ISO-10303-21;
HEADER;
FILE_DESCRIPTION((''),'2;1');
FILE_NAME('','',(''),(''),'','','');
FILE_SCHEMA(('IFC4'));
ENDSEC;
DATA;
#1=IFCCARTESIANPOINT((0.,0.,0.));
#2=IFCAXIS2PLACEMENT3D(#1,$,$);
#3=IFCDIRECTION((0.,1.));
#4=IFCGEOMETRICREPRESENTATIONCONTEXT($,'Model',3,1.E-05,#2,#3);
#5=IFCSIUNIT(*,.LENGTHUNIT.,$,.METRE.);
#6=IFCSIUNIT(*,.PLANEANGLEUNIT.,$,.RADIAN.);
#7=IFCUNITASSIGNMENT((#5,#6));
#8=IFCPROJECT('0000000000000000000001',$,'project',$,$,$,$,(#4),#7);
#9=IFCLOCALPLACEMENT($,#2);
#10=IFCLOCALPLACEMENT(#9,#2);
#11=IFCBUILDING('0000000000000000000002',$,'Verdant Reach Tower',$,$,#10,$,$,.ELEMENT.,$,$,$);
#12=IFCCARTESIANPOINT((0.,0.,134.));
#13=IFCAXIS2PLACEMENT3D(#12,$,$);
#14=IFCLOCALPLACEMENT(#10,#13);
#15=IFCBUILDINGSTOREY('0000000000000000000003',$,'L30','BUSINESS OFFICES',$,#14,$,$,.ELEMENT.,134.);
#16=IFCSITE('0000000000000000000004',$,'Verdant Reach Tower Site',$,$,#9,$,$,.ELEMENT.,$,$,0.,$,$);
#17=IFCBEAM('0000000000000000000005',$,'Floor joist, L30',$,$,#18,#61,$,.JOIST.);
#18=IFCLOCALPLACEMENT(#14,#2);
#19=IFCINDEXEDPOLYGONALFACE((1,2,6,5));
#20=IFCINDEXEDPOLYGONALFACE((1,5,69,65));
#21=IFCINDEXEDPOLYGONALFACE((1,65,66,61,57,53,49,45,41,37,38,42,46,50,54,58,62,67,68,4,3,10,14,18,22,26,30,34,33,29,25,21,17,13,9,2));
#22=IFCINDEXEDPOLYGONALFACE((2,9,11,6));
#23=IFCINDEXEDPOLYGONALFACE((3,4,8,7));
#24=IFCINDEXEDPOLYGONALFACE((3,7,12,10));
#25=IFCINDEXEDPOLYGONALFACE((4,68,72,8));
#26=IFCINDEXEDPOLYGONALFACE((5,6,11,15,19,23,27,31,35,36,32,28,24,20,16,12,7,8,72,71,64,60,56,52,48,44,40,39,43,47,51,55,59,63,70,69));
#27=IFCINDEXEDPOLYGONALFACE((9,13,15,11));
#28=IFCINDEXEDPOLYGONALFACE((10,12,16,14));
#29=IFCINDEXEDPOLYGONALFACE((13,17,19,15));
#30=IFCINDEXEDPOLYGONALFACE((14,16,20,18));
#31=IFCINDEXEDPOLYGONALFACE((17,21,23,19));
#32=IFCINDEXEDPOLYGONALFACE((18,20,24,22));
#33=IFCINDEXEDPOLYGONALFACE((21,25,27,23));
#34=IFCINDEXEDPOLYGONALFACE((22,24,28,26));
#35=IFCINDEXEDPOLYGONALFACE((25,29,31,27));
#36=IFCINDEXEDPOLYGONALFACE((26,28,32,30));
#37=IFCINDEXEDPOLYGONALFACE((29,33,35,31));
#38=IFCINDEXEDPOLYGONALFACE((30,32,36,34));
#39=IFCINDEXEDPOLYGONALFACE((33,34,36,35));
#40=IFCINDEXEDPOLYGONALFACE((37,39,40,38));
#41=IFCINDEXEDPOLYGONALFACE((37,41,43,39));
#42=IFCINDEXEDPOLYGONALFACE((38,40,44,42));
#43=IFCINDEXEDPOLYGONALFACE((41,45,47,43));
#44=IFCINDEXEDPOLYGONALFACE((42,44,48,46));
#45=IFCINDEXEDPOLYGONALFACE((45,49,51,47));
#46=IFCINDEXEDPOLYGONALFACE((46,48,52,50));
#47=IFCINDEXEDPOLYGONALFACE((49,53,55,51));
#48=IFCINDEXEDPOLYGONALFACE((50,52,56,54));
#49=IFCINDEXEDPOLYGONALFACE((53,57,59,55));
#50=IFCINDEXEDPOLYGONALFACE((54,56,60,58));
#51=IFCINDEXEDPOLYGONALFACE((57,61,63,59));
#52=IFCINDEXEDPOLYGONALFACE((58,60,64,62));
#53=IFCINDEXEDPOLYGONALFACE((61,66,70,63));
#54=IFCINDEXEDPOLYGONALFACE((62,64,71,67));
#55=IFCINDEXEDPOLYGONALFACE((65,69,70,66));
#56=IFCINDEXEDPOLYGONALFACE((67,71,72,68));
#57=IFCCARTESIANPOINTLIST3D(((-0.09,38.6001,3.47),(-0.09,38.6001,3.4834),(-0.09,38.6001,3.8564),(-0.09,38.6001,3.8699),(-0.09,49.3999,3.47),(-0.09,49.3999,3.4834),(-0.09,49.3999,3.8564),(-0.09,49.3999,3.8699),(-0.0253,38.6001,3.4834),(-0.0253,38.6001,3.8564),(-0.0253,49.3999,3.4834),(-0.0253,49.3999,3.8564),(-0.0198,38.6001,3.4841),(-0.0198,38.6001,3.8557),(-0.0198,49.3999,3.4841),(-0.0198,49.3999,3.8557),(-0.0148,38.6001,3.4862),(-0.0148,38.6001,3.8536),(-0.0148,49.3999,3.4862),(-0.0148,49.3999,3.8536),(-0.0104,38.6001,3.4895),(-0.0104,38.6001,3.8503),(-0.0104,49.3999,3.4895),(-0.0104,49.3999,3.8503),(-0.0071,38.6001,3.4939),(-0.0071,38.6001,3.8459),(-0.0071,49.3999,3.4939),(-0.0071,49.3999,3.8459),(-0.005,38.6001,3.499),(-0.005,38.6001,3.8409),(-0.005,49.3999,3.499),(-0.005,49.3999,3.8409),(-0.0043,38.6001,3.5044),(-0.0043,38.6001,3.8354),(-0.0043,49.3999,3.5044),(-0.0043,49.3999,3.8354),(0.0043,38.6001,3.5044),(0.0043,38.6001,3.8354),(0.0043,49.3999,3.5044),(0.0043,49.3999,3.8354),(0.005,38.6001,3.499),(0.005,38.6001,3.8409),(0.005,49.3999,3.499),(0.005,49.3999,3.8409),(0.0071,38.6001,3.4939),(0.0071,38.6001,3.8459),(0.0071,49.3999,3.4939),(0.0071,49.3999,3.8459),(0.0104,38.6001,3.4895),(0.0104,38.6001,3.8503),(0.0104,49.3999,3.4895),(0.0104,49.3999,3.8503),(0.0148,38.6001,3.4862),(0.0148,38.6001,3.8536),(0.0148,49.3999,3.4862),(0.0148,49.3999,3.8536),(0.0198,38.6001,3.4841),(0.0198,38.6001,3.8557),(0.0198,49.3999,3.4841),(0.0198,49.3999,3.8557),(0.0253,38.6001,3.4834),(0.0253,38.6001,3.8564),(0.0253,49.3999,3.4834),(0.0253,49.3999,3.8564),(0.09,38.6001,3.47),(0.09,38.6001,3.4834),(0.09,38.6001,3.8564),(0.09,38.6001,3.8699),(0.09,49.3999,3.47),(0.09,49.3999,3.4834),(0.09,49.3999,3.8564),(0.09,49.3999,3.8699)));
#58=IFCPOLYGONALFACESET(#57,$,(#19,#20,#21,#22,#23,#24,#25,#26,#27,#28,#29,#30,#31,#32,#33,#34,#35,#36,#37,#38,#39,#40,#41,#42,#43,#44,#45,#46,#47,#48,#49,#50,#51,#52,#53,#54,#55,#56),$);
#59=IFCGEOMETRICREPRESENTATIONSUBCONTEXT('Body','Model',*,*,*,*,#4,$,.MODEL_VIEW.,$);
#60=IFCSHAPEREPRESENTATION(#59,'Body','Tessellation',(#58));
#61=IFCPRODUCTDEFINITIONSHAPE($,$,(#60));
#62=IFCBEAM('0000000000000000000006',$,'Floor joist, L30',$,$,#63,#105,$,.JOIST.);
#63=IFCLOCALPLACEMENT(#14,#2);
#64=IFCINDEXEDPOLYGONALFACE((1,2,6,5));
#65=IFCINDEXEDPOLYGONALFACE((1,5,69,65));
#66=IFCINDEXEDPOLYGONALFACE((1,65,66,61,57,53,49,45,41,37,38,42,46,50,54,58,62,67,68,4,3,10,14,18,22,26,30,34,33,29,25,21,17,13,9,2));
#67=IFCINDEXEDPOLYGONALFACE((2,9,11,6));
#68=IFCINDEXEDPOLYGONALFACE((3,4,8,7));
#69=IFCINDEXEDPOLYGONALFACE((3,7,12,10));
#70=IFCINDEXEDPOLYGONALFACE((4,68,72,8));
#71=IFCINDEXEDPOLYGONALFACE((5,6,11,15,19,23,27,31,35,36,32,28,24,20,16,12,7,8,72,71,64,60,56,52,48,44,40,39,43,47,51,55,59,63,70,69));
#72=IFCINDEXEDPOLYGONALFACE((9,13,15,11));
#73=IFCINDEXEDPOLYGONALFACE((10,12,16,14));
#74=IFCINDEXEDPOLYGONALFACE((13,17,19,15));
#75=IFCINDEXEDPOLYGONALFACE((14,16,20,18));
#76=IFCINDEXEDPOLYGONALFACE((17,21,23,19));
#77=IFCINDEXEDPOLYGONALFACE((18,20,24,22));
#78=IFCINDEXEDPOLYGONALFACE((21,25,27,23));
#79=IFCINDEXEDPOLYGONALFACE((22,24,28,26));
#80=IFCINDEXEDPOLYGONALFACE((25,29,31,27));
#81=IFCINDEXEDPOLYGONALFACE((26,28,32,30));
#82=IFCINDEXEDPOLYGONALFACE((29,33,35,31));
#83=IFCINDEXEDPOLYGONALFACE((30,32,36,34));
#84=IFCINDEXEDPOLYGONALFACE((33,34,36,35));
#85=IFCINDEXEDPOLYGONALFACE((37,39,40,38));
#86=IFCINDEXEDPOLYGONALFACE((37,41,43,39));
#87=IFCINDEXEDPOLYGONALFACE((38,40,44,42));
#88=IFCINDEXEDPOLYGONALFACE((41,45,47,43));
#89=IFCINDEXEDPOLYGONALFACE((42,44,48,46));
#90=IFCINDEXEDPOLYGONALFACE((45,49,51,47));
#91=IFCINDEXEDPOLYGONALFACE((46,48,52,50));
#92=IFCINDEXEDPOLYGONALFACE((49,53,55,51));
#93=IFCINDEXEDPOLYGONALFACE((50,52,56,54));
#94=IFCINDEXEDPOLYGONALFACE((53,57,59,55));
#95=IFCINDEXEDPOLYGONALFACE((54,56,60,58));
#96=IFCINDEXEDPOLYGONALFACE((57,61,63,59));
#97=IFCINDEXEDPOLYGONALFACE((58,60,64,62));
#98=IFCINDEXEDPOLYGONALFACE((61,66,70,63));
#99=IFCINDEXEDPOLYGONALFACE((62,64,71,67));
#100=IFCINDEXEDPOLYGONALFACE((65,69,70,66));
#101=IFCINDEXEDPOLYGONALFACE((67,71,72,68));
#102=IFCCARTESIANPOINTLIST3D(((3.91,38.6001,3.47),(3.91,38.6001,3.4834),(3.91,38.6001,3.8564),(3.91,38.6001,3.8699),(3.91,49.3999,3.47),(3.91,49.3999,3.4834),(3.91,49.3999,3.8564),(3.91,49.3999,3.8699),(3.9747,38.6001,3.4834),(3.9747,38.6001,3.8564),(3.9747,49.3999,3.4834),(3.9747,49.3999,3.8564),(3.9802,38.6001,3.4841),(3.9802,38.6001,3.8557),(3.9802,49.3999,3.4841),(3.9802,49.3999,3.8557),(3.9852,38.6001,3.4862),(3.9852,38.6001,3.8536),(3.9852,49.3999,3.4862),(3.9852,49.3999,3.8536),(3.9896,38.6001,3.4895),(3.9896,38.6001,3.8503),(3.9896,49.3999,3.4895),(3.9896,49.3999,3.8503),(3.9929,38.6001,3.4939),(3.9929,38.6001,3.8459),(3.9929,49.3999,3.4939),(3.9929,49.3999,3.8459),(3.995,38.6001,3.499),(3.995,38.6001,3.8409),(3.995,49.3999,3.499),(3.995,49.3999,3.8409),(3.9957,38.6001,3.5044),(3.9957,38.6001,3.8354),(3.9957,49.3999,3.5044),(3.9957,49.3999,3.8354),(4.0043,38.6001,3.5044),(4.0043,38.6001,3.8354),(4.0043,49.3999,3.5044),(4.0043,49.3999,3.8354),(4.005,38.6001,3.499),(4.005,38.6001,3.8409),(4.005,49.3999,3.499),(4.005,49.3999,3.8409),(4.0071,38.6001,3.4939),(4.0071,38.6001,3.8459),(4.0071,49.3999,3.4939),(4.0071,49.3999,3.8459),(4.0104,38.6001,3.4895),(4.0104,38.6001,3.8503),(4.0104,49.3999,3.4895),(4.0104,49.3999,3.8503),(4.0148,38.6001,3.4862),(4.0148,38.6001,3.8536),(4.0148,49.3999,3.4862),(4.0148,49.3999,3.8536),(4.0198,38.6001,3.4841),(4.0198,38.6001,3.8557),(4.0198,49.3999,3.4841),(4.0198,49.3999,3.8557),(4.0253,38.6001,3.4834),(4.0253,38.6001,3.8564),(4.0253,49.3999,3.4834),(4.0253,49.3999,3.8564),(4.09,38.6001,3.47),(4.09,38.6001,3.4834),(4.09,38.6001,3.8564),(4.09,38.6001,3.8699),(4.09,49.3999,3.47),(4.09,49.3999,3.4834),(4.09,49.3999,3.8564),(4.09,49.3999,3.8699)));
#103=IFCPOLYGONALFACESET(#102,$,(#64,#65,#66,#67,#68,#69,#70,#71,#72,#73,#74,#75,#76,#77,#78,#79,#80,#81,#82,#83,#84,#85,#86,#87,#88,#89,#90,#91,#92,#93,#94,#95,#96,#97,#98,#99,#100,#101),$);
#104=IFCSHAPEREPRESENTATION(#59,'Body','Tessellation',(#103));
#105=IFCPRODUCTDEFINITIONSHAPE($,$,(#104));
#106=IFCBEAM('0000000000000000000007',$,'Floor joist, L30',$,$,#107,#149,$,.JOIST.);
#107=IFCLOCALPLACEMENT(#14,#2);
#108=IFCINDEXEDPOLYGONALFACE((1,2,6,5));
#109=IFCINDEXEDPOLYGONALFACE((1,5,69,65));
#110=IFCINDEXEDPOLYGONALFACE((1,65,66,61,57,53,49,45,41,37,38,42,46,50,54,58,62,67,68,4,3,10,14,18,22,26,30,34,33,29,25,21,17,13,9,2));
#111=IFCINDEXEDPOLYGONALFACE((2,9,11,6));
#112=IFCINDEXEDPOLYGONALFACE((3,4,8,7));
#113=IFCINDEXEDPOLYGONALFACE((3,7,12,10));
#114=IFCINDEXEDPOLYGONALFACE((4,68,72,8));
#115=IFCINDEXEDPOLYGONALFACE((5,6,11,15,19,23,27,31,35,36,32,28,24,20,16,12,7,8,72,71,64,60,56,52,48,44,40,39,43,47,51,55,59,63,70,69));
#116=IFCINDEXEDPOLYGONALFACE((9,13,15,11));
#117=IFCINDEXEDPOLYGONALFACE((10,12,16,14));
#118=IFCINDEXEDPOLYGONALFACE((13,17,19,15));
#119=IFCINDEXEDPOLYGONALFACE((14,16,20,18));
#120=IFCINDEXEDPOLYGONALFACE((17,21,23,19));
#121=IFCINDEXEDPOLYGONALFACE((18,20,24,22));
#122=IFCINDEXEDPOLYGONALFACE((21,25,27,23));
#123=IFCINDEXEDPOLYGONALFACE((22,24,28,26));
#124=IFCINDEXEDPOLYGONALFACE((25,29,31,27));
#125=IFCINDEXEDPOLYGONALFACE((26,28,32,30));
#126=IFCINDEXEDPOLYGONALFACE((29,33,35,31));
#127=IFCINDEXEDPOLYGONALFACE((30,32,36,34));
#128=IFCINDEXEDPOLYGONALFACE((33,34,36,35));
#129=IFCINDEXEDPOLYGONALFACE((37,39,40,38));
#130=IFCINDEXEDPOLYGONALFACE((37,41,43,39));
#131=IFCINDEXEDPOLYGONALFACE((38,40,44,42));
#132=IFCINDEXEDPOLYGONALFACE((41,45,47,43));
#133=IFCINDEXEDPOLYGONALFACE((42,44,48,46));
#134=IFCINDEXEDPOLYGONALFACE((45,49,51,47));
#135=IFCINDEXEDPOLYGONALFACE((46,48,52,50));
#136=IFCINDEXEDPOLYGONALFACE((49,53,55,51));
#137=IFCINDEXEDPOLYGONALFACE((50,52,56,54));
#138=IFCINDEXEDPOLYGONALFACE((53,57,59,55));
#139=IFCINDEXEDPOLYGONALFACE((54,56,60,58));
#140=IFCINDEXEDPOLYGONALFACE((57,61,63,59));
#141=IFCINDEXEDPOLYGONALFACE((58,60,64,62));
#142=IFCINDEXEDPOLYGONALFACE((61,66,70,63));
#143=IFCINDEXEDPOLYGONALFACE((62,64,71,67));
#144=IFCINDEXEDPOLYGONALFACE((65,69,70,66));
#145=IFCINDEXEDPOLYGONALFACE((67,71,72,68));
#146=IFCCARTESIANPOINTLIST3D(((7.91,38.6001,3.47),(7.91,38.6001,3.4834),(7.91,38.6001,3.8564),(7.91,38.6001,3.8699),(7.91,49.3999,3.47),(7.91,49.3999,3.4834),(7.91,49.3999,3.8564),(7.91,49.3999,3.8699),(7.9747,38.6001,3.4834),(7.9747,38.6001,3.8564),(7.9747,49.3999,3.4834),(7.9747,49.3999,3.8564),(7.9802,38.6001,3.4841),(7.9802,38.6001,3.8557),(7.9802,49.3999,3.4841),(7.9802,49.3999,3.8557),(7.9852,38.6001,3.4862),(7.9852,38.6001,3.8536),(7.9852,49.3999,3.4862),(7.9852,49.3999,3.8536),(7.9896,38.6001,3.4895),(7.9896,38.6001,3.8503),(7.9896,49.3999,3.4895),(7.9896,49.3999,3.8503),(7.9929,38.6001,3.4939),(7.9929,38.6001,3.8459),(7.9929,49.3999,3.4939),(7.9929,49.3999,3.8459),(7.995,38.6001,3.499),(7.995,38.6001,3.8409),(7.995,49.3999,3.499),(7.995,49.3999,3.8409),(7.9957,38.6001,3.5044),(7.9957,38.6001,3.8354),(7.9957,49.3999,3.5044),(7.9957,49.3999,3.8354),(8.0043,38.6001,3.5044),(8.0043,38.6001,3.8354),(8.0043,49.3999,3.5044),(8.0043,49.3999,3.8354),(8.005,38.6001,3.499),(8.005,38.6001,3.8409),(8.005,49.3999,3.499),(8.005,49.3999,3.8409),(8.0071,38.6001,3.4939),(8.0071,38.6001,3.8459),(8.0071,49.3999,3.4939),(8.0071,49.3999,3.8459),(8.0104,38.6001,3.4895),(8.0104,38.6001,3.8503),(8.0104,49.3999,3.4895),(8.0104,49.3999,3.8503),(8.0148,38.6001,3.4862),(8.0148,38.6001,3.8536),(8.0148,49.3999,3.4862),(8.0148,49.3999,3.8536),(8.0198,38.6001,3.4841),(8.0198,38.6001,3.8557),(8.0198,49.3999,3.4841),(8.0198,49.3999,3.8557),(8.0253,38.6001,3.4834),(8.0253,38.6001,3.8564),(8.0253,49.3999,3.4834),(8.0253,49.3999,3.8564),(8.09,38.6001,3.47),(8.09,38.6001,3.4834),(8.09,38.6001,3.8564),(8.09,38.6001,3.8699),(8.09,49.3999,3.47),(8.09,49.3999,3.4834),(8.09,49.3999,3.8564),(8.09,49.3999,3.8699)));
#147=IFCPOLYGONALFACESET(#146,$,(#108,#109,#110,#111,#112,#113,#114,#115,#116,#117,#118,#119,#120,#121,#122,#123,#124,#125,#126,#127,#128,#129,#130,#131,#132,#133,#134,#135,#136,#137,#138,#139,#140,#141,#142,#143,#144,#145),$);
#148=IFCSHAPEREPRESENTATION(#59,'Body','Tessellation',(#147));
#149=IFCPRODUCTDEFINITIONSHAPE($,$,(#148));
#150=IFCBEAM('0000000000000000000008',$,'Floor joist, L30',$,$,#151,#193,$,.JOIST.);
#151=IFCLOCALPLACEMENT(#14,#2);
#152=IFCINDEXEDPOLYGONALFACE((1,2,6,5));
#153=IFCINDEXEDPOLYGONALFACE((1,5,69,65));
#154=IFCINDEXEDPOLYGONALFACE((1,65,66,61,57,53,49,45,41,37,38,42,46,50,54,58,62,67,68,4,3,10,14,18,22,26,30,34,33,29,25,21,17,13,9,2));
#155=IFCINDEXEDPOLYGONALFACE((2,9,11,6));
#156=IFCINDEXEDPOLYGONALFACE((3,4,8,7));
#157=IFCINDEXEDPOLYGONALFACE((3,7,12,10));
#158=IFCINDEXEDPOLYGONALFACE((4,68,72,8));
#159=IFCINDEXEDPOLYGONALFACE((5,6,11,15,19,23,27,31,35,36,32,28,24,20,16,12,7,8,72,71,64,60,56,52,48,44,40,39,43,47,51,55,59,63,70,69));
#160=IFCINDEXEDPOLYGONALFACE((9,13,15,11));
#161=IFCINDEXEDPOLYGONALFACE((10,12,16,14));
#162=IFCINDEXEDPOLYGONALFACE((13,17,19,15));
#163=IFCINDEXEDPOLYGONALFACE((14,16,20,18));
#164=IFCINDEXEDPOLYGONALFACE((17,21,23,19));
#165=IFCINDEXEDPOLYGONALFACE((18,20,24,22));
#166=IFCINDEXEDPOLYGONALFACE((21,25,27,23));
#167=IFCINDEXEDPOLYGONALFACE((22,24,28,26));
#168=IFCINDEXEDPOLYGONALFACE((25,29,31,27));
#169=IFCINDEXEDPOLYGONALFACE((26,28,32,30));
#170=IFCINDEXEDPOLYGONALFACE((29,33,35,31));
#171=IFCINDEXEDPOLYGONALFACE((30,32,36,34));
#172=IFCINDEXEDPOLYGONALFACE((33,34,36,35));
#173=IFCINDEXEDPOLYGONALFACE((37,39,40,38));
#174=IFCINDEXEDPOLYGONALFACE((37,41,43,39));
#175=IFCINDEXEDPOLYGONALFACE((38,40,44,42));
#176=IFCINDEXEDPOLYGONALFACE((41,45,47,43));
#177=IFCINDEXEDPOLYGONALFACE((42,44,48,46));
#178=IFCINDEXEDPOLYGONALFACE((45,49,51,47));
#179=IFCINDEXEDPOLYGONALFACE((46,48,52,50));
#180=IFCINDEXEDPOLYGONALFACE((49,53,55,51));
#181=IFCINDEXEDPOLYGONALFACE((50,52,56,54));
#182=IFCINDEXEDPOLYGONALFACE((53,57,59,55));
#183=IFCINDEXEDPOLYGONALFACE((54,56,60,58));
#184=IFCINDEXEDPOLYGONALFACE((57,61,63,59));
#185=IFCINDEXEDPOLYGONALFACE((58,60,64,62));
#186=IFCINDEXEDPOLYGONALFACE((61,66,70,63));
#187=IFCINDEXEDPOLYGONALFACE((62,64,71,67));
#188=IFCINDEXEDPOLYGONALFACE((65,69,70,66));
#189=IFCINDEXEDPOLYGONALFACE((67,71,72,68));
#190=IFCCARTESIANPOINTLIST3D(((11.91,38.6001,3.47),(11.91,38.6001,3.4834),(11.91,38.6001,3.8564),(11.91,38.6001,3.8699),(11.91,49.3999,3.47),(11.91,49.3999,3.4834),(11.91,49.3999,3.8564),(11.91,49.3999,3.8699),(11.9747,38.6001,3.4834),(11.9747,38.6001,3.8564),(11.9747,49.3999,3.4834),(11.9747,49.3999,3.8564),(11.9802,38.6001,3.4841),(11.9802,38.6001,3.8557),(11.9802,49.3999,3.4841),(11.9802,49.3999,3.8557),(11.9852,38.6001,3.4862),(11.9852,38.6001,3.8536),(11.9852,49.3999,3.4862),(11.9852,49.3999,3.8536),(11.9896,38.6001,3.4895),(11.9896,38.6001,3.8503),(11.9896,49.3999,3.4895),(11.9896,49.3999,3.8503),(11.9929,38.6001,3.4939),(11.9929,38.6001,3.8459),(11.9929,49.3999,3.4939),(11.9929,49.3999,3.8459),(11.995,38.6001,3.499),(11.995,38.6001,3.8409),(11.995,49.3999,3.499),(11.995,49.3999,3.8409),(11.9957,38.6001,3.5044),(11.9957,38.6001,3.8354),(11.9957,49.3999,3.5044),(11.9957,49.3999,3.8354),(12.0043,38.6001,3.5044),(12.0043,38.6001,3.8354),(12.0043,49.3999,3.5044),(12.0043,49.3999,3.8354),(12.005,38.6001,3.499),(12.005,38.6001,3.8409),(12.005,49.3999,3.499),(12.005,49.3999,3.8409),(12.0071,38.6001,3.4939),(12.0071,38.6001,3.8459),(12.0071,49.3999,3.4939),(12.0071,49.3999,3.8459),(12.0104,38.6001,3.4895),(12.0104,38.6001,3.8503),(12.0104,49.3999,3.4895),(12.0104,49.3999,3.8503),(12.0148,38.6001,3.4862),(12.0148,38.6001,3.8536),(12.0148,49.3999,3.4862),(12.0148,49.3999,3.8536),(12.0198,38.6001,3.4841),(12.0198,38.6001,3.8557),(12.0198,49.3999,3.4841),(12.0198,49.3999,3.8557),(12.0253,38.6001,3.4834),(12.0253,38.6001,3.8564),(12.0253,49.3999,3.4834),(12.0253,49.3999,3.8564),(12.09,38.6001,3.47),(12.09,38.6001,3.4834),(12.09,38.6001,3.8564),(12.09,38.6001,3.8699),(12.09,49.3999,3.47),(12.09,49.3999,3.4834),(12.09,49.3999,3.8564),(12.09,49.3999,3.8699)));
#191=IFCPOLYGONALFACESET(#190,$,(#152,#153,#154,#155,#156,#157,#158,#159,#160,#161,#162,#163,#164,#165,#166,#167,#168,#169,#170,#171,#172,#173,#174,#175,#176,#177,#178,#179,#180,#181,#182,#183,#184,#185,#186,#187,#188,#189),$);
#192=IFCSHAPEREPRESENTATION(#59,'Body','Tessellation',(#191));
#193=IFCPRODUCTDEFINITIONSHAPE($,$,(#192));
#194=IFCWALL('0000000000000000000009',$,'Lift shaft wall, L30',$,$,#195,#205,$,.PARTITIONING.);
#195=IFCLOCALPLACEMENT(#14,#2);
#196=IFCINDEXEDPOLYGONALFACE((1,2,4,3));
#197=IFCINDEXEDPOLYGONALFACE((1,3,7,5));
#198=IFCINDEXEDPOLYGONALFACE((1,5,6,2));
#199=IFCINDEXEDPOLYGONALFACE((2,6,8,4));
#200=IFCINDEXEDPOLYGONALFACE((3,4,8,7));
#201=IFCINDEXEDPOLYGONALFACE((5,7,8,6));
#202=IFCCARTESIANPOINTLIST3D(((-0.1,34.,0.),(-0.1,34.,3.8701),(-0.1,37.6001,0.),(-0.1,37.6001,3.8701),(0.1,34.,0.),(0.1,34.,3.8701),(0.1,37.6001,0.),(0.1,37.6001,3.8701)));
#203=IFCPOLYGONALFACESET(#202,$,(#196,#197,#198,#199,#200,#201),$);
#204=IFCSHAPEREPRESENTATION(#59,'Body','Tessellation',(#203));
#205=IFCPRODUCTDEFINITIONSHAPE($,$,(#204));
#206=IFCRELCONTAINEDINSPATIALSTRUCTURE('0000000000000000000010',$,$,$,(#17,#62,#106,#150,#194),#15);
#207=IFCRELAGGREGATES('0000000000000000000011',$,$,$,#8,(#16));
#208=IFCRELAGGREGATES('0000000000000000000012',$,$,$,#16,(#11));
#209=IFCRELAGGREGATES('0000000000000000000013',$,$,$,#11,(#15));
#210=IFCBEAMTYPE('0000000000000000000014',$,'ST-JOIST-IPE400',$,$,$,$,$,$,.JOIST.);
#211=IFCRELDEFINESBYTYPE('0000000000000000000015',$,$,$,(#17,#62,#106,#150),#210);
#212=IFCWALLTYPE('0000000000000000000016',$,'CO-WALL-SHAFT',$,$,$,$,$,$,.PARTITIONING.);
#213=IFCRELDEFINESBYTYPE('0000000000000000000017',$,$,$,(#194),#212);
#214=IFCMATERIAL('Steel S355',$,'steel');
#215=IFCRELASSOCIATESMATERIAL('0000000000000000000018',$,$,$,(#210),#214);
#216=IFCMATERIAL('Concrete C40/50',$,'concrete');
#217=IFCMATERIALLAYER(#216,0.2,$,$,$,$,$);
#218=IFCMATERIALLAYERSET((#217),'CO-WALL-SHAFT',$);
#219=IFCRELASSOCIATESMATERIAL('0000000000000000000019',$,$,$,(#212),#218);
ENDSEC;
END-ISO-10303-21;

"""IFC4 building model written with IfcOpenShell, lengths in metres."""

from ifc_helpers import new_model, si_unit, direction, frame, frame_2d, origin, origin_2d, place, context, subcontext, project, spatial, rectangle, i_section, extrude, material, layer, layer_set, material_profile, profile_set, type_object, element, save


model = new_model("IFC4")

# Units and contexts
model_context = context("Model", 3, precision=1e-05, world=origin(), true_north=direction((0.0, 1.0)))
body_context = subcontext(model_context, "Body", "Model", "MODEL_VIEW")
ifc_project = project(units=[si_unit("LENGTHUNIT", "METRE"), si_unit("PLANEANGLEUNIT", "RADIAN")], contexts=[model_context])

# Site, building, storey
site_placement = place(None, origin())
site = spatial("IfcSite", under=ifc_project, at=site_placement, Name="Verdant Reach Tower Site", CompositionType="ELEMENT", RefElevation=0.0)
building_placement = place(site_placement, origin())
building = spatial("IfcBuilding", under=site, at=building_placement, Name="Verdant Reach Tower", CompositionType="ELEMENT")
storey_placement = place(building_placement, frame((0.0, 0.0, 134.0)))
storey = spatial("IfcBuildingStorey", under=building, at=storey_placement, Name="L30", Description="BUSINESS OFFICES", CompositionType="ELEMENT", Elevation=134.0)

# Beams
ifc_material_1 = material(Name="Steel S355", Category="steel")
ifc_material_profile_1 = material_profile(ifc_material_1, i_section(OverallWidth=0.1799, OverallDepth=0.3999, WebThickness=0.0085, FlangeThickness=0.0134, FilletRadius=0.021, at=origin_2d()), Name="IPE 400")
ifc_profile_set_1 = profile_set([ifc_material_profile_1], Name="Steel S355")
beam_type_1 = type_object("IfcBeamType", Name="ST-JOIST-IPE400", PredefinedType="JOIST", material=ifc_profile_set_1)
for number, where, z_axis, x_axis, name in (
    (1, (0.0, 38.6001, 3.6699), (0.0, 1.0, 0.0), (-1.0, 0.0, 0.0), "Floor joist, L30"),
    (2, (4.0, 38.6001, 3.6699), (0.0, 1.0, 0.0), (-1.0, 0.0, 0.0), "Floor joist, L30"),
    (3, (8.0, 38.6001, 3.6699), (0.0, 1.0, 0.0), (-1.0, 0.0, 0.0), "Floor joist, L30"),
    (4, (12.0, 38.6001, 3.6699), (0.0, 1.0, 0.0), (-1.0, 0.0, 0.0), "Floor joist, L30"),
):
    element("IfcBeam", number, at=place(storey_placement, frame(where, z_axis=z_axis, x_axis=x_axis)), inside=storey, type_object=beam_type_1, Name=name, PredefinedType="JOIST", context=body_context, shape_type="SweptSolid", body=[
        extrude(i_section(OverallWidth=0.1799, OverallDepth=0.3999, WebThickness=0.0085, FlangeThickness=0.0134, FilletRadius=0.021, at=origin_2d()), origin(), (0.0, 0.0, 1.0), 10.7998),
    ])

# Wall
ifc_material_2 = material(Name="Concrete C40/50", Category="concrete")
ifc_layer_1 = layer(ifc_material_2, 0.2)
ifc_layer_set_1 = layer_set([ifc_layer_1], Name="CO-WALL-SHAFT")
wall_type_1 = type_object("IfcWallType", Name="CO-WALL-SHAFT", PredefinedType="PARTITIONING", material=ifc_layer_set_1)
for number, where, z_axis, x_axis, name in (
    (5, (0.0, 34.0, 0.0), (0.0, 0.0, 1.0), (0.0, 1.0, 0.0), "Lift shaft wall, L30"),
):
    element("IfcWall", number, at=place(storey_placement, frame(where, z_axis=z_axis, x_axis=x_axis)), inside=storey, type_object=wall_type_1, Name=name, PredefinedType="PARTITIONING", context=body_context, shape_type="SweptSolid", body=[
        extrude(rectangle(XDim=3.6001, YDim=0.2, at=frame_2d((1.8, 0.0))), origin(), (0.0, 0.0, 1.0), 3.8701),
    ])

save(model, "model.ifc")
